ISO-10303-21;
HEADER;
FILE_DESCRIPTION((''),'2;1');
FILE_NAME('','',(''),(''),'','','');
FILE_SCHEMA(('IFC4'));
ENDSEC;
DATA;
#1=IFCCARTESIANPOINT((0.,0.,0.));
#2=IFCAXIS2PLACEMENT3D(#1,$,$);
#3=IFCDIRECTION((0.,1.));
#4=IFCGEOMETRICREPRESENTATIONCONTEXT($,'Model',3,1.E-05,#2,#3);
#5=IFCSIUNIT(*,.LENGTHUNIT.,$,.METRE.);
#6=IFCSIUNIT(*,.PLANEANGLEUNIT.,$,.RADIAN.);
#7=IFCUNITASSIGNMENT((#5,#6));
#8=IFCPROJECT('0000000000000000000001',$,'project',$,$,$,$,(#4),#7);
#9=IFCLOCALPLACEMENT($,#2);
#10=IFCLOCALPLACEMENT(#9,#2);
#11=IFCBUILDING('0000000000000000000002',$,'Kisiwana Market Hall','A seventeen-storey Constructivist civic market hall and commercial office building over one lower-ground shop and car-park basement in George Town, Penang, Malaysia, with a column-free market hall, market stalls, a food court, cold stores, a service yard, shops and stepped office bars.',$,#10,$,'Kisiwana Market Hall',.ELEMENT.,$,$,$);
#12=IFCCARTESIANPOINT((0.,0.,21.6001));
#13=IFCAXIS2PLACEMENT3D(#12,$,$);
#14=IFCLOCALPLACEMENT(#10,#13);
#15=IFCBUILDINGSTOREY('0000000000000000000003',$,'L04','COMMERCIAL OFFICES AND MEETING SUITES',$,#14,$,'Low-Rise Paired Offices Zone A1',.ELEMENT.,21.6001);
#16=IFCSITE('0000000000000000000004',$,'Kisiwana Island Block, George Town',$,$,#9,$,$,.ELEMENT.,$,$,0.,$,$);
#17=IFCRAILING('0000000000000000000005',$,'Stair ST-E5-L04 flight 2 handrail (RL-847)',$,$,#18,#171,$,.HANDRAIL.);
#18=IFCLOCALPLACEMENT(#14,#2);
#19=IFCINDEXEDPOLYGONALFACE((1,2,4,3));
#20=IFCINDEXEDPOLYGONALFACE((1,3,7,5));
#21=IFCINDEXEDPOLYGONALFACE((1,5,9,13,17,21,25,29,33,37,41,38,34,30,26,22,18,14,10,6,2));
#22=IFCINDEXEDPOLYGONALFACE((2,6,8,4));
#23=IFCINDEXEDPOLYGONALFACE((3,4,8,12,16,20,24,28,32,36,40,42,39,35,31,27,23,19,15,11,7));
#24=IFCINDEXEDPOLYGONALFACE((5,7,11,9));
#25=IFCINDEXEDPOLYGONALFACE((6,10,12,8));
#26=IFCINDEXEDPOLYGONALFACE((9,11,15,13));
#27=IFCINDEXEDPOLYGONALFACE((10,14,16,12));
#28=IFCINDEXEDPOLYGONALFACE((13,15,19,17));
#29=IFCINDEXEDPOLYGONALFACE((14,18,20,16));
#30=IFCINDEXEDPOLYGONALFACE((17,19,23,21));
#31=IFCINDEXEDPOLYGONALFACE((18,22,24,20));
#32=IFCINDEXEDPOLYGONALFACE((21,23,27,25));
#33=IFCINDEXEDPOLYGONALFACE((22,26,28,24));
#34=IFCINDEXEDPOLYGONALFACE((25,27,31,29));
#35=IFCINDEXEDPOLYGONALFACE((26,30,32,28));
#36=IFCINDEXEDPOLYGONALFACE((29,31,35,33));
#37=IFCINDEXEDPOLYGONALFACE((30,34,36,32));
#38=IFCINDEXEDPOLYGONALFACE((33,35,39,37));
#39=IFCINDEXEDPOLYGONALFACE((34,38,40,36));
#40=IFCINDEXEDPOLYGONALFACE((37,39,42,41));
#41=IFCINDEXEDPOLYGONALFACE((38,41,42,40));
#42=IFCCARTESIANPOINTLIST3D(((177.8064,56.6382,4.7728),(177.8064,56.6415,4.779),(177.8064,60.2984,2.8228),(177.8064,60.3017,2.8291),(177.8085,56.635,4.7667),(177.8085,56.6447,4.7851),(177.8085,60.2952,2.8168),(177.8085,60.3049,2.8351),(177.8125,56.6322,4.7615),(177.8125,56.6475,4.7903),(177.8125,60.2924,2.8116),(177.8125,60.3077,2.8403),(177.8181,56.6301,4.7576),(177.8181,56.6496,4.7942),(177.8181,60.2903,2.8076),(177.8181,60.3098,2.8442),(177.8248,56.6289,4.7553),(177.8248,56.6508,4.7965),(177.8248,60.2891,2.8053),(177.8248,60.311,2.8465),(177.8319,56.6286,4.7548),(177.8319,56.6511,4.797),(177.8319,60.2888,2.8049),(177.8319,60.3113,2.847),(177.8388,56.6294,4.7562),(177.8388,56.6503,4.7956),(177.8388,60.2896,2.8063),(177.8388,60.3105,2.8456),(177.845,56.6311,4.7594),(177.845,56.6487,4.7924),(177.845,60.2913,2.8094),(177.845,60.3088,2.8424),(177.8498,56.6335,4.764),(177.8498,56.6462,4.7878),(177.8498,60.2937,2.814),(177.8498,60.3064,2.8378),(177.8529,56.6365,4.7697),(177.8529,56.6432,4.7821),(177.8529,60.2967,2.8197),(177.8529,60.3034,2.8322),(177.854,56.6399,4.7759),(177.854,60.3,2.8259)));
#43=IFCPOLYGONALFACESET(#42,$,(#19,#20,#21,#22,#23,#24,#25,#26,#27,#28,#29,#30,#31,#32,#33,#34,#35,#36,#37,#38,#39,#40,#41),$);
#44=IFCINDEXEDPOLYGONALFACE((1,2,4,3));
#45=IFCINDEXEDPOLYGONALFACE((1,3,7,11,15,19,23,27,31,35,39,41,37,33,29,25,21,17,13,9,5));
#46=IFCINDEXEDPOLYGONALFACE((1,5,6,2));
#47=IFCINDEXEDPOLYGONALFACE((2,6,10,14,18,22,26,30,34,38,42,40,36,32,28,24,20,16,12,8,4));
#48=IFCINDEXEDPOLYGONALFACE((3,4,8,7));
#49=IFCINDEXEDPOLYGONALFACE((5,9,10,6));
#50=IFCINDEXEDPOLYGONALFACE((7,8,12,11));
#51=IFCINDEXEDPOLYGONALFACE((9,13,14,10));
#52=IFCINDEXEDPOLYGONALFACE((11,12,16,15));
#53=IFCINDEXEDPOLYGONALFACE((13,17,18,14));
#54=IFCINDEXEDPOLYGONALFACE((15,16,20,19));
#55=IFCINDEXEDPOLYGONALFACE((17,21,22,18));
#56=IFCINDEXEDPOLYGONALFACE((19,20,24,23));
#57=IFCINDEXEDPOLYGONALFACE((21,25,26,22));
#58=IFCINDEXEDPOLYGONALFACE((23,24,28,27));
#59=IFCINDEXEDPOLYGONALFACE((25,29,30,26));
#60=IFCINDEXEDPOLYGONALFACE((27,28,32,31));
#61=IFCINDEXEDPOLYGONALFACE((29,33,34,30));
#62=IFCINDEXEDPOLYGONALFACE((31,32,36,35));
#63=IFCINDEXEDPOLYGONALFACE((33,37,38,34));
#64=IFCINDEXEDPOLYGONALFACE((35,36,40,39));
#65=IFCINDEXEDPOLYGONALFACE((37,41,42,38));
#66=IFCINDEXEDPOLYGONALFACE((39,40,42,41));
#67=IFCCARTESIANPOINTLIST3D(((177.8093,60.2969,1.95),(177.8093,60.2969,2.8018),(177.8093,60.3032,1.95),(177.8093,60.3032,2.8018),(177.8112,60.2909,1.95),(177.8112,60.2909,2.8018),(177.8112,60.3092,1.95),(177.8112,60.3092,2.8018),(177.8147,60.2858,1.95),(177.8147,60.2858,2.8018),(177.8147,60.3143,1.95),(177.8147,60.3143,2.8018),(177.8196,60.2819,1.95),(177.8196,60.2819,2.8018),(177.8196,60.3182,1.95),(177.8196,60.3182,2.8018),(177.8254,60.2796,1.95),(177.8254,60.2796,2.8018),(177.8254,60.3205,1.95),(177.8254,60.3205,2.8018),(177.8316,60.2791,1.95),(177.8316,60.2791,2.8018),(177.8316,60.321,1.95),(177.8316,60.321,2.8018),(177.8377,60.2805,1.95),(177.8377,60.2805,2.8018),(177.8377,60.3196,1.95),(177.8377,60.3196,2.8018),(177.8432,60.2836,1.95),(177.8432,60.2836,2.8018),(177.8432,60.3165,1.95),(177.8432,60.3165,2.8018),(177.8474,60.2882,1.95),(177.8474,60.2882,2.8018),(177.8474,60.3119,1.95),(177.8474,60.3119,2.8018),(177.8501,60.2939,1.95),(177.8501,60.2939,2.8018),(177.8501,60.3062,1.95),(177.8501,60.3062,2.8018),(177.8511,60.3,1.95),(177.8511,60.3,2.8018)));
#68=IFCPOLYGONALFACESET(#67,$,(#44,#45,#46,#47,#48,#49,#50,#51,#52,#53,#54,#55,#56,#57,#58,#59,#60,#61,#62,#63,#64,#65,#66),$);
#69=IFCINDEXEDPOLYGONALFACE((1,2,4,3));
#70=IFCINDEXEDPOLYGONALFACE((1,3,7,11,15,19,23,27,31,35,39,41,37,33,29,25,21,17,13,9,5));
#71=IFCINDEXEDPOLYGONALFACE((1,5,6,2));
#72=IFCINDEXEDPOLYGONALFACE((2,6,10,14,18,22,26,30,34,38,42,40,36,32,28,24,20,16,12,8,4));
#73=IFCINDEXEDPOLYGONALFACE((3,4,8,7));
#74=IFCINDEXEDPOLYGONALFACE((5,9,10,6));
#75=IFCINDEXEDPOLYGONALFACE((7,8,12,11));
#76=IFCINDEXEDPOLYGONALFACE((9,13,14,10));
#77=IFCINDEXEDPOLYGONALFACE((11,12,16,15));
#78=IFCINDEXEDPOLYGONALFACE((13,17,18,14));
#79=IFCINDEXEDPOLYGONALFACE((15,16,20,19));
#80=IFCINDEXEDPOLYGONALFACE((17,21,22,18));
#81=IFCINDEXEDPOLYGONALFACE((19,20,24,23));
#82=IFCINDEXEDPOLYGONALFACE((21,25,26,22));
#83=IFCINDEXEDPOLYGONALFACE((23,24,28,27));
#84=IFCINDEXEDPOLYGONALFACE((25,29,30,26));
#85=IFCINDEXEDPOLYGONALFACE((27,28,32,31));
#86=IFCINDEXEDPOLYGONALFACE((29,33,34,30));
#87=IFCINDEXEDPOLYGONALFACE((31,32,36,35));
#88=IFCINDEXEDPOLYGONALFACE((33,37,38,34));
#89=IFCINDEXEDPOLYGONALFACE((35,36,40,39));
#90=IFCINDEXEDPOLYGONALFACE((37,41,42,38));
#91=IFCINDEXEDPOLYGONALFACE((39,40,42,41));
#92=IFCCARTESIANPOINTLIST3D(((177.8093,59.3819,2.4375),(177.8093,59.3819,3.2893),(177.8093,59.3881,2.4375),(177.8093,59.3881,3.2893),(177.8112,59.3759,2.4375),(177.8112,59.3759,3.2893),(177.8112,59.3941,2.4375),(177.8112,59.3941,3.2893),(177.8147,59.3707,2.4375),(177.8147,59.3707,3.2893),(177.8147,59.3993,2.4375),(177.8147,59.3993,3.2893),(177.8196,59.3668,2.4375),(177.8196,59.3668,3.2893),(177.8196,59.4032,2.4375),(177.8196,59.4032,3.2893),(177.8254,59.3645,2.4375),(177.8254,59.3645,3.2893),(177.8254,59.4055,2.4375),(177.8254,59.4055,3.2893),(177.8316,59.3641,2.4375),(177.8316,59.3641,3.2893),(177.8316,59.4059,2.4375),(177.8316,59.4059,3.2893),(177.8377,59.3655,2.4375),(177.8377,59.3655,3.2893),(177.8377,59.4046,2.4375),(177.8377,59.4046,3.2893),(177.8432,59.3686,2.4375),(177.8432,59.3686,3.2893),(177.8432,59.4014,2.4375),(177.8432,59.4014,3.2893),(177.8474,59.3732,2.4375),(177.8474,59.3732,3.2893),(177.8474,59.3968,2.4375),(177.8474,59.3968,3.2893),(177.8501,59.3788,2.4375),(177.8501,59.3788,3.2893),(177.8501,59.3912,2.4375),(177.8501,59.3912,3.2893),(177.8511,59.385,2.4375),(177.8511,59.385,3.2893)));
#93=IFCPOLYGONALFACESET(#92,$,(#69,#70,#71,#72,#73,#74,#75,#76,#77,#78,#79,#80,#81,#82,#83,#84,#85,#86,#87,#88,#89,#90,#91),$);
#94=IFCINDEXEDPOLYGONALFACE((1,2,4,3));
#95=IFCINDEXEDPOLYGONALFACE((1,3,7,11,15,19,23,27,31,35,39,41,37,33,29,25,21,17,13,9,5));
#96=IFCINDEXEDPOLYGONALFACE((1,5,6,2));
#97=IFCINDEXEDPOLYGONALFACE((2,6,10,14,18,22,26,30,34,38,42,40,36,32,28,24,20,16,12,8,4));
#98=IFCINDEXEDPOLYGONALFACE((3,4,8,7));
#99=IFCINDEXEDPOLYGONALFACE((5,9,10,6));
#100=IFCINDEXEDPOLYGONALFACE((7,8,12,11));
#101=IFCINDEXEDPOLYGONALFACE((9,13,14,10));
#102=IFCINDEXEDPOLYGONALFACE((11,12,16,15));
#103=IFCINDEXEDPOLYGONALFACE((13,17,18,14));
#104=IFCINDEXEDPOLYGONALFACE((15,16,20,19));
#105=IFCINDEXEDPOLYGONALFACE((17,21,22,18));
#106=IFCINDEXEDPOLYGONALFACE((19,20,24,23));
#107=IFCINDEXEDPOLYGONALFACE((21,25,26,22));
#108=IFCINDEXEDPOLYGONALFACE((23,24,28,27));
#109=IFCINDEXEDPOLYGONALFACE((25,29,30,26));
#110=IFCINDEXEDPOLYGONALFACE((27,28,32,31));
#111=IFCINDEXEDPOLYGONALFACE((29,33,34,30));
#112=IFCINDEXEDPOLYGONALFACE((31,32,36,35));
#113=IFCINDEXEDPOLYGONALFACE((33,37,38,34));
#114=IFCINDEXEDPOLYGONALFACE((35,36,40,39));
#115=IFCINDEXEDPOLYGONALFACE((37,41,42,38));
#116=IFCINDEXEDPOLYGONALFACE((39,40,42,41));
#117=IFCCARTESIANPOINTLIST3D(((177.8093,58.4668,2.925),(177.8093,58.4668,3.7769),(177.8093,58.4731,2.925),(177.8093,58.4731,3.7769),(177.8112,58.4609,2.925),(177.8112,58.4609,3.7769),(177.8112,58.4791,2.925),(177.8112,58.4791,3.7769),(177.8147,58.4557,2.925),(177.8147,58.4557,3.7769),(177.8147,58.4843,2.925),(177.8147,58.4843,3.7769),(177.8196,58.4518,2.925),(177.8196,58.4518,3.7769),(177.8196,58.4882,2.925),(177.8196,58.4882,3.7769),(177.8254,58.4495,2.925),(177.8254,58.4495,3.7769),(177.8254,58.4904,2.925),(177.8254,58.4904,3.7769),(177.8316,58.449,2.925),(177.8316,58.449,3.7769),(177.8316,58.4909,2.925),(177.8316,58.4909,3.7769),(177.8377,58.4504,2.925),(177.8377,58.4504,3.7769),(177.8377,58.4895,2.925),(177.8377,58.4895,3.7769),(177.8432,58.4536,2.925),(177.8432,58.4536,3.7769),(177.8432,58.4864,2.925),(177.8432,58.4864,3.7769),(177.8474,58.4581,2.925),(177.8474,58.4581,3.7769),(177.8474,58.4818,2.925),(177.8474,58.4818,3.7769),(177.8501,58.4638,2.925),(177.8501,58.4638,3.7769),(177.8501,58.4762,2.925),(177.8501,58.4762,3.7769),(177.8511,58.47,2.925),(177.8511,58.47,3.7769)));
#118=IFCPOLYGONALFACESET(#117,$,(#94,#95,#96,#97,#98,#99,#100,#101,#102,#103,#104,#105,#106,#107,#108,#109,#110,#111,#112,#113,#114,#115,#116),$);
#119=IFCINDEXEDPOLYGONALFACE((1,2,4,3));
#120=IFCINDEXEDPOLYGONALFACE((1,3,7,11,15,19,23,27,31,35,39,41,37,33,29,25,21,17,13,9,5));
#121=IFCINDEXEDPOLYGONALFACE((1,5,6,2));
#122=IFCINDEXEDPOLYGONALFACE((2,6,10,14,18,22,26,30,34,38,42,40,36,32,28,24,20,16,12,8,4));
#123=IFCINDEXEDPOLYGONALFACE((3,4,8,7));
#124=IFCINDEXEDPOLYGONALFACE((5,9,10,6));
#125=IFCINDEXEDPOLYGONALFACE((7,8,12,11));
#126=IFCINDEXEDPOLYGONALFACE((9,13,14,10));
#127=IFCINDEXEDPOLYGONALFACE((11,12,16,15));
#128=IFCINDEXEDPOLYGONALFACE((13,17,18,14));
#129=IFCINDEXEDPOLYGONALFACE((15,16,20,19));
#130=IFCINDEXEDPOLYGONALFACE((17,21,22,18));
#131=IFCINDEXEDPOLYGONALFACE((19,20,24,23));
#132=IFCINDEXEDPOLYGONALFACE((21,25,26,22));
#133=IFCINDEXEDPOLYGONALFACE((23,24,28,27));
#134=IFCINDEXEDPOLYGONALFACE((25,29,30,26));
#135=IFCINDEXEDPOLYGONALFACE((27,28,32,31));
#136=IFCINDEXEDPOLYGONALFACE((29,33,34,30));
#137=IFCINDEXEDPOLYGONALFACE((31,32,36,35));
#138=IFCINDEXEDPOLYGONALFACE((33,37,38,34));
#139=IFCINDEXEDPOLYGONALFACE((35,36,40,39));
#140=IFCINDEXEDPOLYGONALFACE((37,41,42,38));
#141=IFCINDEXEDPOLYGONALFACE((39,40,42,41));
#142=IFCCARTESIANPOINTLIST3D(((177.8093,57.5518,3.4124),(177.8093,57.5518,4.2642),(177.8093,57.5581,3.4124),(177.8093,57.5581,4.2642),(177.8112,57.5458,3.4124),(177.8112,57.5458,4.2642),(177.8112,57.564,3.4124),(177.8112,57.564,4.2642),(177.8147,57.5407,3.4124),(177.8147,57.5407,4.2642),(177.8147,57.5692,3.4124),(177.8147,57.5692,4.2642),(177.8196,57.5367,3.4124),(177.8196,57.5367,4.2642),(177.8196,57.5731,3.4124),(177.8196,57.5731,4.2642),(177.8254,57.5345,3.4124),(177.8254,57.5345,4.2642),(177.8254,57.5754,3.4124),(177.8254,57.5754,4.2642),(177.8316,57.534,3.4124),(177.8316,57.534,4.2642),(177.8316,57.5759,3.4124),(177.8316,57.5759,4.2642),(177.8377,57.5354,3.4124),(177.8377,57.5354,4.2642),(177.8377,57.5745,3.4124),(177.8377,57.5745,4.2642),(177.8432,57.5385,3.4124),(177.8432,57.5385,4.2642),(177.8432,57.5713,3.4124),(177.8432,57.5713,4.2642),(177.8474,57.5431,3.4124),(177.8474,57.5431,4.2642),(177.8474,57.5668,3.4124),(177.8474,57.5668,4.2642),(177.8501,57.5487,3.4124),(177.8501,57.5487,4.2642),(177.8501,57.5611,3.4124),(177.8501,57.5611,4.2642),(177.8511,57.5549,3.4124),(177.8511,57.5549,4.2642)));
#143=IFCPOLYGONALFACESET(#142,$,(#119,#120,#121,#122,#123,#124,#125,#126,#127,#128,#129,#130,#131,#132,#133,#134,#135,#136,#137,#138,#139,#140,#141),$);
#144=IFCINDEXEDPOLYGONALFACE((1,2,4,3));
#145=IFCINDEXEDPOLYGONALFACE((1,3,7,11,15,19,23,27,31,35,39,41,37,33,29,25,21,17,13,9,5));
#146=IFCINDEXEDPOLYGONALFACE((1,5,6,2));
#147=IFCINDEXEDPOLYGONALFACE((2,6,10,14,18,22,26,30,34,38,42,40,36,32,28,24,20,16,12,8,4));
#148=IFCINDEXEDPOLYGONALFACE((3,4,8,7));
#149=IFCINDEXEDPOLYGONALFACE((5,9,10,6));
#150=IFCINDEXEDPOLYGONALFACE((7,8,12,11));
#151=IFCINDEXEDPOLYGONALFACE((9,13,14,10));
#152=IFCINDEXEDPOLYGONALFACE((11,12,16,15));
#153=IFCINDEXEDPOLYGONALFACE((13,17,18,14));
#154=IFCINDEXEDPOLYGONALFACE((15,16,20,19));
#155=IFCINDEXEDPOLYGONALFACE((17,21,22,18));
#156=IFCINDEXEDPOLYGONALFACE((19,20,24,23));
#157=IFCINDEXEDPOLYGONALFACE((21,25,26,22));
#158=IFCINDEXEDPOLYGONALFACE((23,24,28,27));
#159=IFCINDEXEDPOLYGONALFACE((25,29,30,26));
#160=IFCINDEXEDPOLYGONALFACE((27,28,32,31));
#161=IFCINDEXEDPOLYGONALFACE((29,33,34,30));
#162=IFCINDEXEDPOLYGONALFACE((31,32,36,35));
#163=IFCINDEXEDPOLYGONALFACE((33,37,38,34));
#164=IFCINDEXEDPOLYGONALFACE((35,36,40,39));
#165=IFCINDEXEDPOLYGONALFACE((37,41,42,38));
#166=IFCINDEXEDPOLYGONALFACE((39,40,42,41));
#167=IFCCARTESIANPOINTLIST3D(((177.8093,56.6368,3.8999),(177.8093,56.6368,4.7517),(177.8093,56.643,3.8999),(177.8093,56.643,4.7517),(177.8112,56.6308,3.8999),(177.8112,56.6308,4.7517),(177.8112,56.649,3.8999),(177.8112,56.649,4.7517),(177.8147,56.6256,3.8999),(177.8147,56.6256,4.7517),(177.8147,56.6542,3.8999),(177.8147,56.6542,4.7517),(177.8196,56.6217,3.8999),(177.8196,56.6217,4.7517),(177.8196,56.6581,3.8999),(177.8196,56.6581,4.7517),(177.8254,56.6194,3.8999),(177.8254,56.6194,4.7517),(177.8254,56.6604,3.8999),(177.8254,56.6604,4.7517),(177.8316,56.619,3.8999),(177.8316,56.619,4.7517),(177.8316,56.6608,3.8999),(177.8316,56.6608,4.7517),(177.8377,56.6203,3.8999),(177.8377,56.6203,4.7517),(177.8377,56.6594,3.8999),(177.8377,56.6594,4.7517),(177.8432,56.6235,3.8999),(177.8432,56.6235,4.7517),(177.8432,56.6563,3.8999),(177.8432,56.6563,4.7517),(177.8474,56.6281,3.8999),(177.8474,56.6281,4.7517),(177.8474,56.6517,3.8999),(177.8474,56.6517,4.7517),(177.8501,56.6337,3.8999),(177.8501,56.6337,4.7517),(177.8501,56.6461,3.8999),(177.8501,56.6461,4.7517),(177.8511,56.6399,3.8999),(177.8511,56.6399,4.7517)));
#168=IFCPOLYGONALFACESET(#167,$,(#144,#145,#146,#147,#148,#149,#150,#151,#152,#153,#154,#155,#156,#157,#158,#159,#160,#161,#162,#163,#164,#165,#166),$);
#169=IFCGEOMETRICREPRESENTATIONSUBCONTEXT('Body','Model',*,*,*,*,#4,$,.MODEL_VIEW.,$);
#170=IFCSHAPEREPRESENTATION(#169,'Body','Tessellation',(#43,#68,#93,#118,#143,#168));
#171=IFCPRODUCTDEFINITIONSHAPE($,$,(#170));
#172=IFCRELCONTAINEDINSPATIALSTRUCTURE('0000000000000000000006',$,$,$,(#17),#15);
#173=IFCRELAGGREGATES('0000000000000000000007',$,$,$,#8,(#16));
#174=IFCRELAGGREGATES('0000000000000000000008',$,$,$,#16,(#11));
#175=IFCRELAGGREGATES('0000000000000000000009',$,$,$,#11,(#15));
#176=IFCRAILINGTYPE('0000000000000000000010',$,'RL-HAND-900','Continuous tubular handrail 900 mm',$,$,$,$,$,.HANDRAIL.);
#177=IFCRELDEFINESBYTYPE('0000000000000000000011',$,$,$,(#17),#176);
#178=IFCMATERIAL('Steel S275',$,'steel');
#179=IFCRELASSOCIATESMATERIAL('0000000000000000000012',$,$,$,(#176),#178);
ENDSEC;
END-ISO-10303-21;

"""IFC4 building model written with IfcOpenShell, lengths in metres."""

from ifc_helpers import new_model, si_unit, direction, frame, origin, origin_2d, place, context, subcontext, project, spatial, circle, extrude, material, type_object, element, save


model = new_model("IFC4")

# Units and contexts
model_context = context("Model", 3, precision=1e-05, world=origin(), true_north=direction((0.0, 1.0)))
body_context = subcontext(model_context, "Body", "Model", "MODEL_VIEW")
ifc_project = project(units=[si_unit("LENGTHUNIT", "METRE"), si_unit("PLANEANGLEUNIT", "RADIAN")], contexts=[model_context])

# Site, building, storey
site_placement = place(None, origin())
site = spatial("IfcSite", under=ifc_project, at=site_placement, Name="Kisiwana Island Block, George Town", CompositionType="ELEMENT", RefElevation=0.0)
building_placement = place(site_placement, origin())
building = spatial("IfcBuilding", under=site, at=building_placement, Name="Kisiwana Market Hall", Description="A seventeen-storey Constructivist civic market hall and commercial office building over one lower-ground shop and car-park basement in George Town, Penang, Malaysia, with a column-free market hall, market stalls, a food court, cold stores, a service yard, shops and stepped office bars.", LongName="Kisiwana Market Hall", CompositionType="ELEMENT")
storey_placement = place(building_placement, frame((0.0, 0.0, 21.6001)))
storey = spatial("IfcBuildingStorey", under=building, at=storey_placement, Name="L04", Description="COMMERCIAL OFFICES AND MEETING SUITES", LongName="Low-Rise Paired Offices Zone A1", CompositionType="ELEMENT", Elevation=21.6001)

# Railing
ifc_material_1 = material(Name="Steel S275", Category="steel")
railing_type_1 = type_object("IfcRailingType", Name="RL-HAND-900", Description="Continuous tubular handrail 900 mm", PredefinedType="HANDRAIL", material=ifc_material_1)
for number, where, name in (
    (1, (177.8301, 60.3, 1.95), "Stair ST-E5-L04 flight 2 handrail (RL-847)"),
):
    element("IfcRailing", number, at=place(storey_placement, frame(where)), inside=storey, type_object=railing_type_1, Name=name, PredefinedType="HANDRAIL", context=body_context, shape_type="SweptSolid", body=[
        extrude(circle(Radius=0.0239, at=origin_2d()), frame((0.0, 0.0, 0.876), z_axis=(0.0, -0.882566, 0.470188), x_axis=(1.0, 0.0, 0.0)), (0.0, 0.0, 1.0), 4.1472),
        extrude(circle(Radius=0.021, at=origin_2d()), origin(), (0.0, 0.0, 1.0), 0.8518),
        extrude(circle(Radius=0.021, at=origin_2d()), frame((0.0, -0.915, 0.4875)), (0.0, 0.0, 1.0), 0.8518),
        extrude(circle(Radius=0.021, at=origin_2d()), frame((0.0, -1.8301, 0.9751)), (0.0, 0.0, 1.0), 0.8518),
        extrude(circle(Radius=0.021, at=origin_2d()), frame((0.0, -2.7451, 1.4624)), (0.0, 0.0, 1.0), 0.8518),
        extrude(circle(Radius=0.021, at=origin_2d()), frame((0.0, -3.6602, 1.95)), (0.0, 0.0, 1.0), 0.8518),
    ])

save(model, "model.ifc")
